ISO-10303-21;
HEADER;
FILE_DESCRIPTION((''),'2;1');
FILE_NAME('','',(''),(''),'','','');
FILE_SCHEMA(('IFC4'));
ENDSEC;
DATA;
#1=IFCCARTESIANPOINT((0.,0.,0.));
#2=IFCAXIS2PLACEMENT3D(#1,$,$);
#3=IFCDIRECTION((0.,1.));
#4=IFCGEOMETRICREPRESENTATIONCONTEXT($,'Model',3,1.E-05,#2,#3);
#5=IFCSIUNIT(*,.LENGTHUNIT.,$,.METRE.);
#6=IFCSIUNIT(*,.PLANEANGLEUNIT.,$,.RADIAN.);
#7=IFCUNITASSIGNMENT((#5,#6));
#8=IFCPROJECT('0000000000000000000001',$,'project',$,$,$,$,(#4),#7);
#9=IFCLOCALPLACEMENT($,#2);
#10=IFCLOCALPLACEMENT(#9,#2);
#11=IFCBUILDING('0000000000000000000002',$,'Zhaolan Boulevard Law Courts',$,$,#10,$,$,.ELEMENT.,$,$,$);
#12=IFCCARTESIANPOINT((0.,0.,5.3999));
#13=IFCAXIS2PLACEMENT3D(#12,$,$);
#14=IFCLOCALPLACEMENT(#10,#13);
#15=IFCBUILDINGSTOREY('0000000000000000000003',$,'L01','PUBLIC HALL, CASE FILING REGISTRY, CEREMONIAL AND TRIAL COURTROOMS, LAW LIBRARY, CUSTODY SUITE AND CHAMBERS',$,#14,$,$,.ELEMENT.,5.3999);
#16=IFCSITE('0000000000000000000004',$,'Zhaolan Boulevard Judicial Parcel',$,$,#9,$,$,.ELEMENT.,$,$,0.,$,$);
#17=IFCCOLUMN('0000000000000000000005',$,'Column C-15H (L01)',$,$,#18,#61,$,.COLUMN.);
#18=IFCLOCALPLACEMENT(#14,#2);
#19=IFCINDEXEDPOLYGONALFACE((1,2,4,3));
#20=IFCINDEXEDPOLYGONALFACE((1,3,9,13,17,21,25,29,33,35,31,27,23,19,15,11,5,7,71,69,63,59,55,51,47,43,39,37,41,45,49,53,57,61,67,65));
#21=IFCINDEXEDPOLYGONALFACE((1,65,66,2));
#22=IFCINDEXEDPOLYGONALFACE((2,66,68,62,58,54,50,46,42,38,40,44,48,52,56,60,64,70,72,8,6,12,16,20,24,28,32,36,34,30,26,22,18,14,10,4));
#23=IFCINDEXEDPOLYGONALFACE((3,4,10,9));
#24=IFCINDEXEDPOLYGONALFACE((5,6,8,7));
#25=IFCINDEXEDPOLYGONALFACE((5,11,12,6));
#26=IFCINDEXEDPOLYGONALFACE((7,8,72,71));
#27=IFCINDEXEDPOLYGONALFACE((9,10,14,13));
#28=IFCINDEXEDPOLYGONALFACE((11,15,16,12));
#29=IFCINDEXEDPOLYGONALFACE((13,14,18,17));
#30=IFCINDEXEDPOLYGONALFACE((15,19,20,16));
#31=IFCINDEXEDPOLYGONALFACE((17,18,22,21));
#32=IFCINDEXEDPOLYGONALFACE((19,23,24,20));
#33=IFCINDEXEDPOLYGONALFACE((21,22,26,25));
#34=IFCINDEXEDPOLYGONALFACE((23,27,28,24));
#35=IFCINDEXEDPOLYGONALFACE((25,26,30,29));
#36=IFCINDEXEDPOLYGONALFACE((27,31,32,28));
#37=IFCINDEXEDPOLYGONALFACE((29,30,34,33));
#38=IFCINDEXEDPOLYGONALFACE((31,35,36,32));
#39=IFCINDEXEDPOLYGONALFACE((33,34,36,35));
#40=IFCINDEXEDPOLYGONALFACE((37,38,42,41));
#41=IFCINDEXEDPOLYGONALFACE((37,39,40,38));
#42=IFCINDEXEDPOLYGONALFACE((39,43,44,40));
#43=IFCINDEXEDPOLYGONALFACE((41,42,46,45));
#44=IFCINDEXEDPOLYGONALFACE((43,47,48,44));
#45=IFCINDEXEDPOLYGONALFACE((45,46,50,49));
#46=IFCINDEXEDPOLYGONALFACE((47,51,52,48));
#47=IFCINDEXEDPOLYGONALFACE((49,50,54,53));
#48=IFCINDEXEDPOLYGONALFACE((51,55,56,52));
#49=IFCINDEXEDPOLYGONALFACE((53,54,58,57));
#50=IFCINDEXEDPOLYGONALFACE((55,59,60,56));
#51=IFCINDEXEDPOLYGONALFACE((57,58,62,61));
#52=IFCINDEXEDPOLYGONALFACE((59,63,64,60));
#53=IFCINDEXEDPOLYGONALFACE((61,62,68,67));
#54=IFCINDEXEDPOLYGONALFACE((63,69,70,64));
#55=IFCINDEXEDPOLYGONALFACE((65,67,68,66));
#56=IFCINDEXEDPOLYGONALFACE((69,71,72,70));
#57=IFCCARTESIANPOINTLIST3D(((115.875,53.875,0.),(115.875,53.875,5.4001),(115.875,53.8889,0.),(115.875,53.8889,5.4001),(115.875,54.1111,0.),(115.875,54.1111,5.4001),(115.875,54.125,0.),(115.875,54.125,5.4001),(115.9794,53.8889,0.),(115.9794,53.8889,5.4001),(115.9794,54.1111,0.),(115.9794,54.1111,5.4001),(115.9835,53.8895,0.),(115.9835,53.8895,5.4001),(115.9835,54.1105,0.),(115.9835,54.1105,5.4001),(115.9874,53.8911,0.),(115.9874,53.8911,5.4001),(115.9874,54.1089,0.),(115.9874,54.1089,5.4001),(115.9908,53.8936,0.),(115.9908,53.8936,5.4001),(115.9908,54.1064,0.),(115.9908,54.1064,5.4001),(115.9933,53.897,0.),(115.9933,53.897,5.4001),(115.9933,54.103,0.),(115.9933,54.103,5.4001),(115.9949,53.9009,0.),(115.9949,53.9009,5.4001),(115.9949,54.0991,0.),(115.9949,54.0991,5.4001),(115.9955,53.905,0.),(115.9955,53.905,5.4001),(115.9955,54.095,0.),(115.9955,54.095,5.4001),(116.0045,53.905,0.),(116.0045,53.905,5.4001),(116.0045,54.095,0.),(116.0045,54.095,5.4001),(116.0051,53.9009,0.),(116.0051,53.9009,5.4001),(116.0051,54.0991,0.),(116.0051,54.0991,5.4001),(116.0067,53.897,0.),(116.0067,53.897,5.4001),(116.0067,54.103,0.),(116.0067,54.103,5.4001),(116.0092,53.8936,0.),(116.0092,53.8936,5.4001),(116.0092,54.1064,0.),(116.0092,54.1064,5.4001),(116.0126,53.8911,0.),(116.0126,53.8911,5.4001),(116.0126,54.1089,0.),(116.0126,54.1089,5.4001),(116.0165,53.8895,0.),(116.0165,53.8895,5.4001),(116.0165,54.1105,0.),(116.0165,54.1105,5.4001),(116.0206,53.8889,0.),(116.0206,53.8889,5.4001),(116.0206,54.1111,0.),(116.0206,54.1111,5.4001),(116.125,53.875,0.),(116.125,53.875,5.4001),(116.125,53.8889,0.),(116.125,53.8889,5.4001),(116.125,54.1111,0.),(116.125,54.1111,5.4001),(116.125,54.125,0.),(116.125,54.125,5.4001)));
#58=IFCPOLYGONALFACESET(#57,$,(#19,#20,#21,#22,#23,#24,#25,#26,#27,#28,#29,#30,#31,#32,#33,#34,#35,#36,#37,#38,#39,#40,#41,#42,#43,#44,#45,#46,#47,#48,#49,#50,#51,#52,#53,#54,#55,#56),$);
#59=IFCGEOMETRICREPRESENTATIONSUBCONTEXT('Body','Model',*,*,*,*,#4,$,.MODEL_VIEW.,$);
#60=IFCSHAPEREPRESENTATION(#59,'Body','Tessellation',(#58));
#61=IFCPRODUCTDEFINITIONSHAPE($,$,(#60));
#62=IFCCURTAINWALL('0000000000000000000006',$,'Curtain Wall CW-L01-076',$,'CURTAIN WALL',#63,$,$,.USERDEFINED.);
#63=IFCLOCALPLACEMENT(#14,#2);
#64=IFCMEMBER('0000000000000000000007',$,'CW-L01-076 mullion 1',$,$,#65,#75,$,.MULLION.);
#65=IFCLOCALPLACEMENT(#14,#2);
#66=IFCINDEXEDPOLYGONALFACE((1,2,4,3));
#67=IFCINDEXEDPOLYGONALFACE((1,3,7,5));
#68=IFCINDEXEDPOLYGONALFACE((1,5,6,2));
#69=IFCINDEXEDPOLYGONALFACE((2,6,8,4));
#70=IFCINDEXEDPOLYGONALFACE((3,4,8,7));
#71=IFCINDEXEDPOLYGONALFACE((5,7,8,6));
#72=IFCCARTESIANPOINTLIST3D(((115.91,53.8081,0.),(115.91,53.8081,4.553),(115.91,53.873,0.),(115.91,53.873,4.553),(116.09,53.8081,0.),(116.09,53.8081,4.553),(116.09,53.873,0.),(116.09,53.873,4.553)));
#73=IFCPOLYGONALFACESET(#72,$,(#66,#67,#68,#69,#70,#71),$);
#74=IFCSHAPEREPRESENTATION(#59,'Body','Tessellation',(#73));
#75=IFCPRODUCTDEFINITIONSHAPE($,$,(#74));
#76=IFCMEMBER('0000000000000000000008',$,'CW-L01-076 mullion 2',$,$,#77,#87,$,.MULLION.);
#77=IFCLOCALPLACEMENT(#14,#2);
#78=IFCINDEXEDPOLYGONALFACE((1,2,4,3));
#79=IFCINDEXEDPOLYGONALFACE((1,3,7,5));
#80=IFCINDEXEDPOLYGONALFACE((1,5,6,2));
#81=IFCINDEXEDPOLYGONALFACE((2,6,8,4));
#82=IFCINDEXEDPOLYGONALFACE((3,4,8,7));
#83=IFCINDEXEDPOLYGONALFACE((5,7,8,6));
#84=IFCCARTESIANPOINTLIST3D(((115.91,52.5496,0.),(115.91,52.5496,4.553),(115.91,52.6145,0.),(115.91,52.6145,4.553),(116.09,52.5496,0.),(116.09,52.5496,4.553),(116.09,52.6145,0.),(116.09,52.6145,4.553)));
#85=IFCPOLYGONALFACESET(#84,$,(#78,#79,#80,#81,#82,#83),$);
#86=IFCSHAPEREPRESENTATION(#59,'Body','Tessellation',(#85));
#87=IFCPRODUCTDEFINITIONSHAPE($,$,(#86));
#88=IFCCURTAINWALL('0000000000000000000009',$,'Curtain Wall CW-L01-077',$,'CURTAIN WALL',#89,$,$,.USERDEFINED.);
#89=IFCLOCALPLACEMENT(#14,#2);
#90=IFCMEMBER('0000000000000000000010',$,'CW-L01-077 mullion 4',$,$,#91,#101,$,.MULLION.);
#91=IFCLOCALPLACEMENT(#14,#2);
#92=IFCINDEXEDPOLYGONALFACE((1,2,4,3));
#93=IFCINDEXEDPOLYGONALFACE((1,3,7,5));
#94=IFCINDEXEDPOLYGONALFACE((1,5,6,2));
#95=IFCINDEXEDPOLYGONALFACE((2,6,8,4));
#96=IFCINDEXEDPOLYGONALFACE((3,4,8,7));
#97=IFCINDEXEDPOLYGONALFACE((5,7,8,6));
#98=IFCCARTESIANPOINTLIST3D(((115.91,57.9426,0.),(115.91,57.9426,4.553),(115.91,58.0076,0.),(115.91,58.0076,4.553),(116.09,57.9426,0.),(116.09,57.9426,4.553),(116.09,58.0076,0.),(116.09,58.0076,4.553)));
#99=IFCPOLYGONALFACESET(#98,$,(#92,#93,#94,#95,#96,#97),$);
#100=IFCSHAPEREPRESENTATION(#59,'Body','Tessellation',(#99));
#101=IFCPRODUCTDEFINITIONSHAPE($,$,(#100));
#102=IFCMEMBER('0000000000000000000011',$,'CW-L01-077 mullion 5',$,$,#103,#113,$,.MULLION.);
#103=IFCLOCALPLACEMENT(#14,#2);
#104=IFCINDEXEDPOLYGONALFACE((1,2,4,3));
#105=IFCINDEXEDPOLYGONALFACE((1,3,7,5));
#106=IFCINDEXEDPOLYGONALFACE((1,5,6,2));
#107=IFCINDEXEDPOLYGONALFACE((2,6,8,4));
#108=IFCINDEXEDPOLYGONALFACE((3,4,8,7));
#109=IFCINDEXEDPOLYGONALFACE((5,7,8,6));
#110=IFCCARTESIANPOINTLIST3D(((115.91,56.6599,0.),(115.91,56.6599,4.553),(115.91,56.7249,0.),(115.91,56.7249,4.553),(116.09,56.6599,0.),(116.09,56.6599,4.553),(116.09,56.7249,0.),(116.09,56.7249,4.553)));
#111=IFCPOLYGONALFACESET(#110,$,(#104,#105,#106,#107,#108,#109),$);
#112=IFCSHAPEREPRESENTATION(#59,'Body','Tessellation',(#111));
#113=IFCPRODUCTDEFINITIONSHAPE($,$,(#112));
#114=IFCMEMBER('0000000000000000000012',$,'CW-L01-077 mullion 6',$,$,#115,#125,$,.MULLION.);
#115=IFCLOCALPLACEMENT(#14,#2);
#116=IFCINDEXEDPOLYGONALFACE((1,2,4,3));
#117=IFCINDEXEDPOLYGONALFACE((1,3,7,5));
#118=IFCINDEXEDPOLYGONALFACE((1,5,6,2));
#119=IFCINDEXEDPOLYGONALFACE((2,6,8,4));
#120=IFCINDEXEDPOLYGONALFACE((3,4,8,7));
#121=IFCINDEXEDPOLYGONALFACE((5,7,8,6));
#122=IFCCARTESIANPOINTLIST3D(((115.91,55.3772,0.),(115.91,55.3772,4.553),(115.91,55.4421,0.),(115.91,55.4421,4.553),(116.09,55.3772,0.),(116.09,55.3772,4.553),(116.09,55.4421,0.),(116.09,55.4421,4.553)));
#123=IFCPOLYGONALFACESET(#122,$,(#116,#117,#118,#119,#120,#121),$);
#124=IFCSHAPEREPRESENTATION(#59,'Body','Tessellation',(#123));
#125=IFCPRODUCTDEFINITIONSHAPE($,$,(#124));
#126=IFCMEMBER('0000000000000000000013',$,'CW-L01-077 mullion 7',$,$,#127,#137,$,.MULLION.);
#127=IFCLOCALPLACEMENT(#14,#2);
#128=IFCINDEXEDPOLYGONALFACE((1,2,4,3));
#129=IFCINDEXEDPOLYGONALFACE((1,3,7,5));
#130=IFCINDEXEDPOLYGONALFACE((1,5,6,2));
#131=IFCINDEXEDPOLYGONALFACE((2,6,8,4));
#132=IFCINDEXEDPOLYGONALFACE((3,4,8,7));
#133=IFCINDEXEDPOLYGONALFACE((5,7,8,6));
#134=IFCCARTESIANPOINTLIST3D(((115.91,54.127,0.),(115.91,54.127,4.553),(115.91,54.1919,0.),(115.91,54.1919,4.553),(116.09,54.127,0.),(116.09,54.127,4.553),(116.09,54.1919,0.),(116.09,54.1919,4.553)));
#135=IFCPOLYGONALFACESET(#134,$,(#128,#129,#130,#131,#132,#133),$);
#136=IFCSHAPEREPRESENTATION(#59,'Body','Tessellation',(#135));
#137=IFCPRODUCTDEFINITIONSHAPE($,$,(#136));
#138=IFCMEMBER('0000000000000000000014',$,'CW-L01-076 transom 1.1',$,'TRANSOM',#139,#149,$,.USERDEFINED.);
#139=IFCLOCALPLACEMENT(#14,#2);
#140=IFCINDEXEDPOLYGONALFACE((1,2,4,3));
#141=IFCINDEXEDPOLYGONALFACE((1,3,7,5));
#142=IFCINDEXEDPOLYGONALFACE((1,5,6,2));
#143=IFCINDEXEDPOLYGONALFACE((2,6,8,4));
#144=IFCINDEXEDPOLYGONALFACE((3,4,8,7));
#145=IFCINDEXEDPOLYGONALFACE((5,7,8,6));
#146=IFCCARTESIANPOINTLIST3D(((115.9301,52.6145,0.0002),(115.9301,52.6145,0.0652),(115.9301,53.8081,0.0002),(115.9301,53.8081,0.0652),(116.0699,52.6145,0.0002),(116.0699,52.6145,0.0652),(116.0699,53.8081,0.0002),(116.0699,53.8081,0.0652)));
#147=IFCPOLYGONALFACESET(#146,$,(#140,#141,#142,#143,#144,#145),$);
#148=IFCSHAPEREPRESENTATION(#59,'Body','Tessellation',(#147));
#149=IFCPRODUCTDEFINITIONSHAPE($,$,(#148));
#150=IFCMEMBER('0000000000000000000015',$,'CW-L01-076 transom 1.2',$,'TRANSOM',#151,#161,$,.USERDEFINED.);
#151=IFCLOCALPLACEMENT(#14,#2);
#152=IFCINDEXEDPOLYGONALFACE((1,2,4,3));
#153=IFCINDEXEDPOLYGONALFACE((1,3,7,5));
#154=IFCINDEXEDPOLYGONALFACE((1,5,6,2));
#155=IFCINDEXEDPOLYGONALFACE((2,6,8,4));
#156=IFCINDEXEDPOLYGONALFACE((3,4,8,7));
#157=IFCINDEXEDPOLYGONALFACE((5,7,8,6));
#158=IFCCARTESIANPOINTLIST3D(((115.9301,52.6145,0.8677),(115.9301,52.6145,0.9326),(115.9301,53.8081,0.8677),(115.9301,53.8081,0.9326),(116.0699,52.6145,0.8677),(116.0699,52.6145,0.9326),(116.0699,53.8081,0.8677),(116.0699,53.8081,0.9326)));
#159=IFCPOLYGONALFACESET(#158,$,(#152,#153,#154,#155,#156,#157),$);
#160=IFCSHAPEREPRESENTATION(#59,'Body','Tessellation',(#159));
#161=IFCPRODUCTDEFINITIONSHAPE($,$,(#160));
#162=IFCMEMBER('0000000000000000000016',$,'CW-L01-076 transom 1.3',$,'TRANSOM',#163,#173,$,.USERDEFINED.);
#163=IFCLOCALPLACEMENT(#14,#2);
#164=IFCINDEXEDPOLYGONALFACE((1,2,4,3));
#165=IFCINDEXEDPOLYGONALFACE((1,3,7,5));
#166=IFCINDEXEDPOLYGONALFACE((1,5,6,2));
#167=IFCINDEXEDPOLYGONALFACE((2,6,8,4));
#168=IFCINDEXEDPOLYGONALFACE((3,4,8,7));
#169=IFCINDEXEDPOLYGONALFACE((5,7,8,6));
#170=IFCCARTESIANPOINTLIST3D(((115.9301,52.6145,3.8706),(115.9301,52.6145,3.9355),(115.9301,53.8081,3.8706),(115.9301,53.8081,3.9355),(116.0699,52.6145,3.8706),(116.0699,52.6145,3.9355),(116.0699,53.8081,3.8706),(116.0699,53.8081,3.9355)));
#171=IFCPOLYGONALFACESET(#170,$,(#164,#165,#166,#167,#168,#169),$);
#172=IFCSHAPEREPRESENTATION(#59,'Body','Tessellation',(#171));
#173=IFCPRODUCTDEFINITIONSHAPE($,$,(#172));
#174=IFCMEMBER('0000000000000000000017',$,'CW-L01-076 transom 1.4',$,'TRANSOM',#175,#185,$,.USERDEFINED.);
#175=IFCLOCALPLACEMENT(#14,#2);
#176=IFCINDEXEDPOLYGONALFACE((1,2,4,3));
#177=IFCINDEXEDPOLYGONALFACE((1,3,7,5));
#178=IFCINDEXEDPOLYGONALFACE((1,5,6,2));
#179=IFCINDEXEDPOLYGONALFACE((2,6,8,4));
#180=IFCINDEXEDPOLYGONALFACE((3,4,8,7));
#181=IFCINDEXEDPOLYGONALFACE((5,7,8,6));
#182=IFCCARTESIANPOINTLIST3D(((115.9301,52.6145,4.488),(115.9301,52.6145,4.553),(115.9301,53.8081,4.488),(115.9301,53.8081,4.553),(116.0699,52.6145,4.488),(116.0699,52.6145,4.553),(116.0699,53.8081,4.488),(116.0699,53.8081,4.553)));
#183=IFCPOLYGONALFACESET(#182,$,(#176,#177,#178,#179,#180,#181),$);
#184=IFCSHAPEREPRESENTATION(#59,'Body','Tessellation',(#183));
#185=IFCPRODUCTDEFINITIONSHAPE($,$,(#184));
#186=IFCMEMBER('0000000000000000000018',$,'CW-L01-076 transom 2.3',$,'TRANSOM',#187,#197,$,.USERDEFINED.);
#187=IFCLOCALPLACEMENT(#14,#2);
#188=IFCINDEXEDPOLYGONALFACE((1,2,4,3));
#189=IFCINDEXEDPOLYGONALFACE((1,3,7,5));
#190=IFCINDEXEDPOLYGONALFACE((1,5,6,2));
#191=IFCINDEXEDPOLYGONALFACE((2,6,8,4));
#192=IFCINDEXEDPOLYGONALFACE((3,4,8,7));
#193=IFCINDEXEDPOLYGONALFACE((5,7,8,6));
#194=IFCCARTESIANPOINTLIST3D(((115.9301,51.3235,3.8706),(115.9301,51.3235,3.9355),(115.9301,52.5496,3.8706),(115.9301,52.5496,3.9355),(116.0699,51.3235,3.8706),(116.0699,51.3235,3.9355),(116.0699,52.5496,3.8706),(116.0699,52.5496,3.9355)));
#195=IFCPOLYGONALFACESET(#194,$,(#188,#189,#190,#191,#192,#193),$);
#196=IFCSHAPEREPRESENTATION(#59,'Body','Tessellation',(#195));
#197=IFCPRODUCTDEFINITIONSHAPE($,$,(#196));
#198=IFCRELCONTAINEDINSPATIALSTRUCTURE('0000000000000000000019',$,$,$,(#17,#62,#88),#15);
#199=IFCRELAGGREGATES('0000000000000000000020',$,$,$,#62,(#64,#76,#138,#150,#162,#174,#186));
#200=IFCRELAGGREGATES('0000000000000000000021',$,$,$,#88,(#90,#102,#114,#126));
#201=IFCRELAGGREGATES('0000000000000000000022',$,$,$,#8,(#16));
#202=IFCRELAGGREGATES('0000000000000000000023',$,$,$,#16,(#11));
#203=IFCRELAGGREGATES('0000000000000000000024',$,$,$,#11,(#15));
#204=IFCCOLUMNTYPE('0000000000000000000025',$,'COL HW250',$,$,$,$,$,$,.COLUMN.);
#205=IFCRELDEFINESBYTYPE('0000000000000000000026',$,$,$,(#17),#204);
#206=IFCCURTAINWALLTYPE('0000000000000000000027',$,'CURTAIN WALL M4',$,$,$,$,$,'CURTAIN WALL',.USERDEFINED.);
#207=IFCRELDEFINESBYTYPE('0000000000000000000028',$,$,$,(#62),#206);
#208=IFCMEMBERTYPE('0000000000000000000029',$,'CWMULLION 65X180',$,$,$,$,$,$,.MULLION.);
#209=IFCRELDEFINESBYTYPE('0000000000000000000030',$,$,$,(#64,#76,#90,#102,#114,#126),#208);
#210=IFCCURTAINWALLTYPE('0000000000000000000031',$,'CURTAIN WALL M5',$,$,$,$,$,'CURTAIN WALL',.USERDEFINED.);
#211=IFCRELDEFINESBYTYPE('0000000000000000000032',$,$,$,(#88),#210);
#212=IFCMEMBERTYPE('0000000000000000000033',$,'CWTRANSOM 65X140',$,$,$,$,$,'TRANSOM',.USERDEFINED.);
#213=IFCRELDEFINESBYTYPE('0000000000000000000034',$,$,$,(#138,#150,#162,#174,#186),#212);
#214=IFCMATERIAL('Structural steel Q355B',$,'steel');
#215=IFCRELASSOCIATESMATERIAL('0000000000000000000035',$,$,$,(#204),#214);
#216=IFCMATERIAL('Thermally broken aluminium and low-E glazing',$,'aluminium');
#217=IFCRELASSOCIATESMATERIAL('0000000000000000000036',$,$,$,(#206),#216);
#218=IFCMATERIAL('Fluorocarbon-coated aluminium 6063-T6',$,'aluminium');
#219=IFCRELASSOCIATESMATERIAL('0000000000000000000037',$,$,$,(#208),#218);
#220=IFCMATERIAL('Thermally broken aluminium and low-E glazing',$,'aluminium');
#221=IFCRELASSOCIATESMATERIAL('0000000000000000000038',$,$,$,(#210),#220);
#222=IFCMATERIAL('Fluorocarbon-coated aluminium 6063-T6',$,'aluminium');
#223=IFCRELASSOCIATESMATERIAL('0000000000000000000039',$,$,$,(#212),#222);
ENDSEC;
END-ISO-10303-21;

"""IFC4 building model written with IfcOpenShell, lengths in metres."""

from ifc_helpers import new_model, si_unit, direction, frame, origin, origin_2d, place, context, subcontext, project, spatial, rectangle, i_section, extrude, material, material_profile, profile_set, type_object, element, aggregate, save


model = new_model("IFC4")

# Units and contexts
model_context = context("Model", 3, precision=1e-05, world=origin(), true_north=direction((0.0, 1.0)))
body_context = subcontext(model_context, "Body", "Model", "MODEL_VIEW")
ifc_project = project(units=[si_unit("LENGTHUNIT", "METRE"), si_unit("PLANEANGLEUNIT", "RADIAN")], contexts=[model_context])

# Site, building, storey
site_placement = place(None, origin())
site = spatial("IfcSite", under=ifc_project, at=site_placement, Name="Zhaolan Boulevard Judicial Parcel", CompositionType="ELEMENT", RefElevation=0.0)
building_placement = place(site_placement, origin())
building = spatial("IfcBuilding", under=site, at=building_placement, Name="Zhaolan Boulevard Law Courts", CompositionType="ELEMENT")
storey_placement = place(building_placement, frame((0.0, 0.0, 5.3999)))
storey = spatial("IfcBuildingStorey", under=building, at=storey_placement, Name="L01", Description="PUBLIC HALL, CASE FILING REGISTRY, CEREMONIAL AND TRIAL COURTROOMS, LAW LIBRARY, CUSTODY SUITE AND CHAMBERS", CompositionType="ELEMENT", Elevation=5.3999)

# Column
ifc_material_1 = material(Name="Structural steel Q355B", Category="steel")
ifc_material_profile_1 = material_profile(ifc_material_1, i_section(OverallWidth=0.25, OverallDepth=0.25, WebThickness=0.009, FlangeThickness=0.0139, FilletRadius=0.0161, at=origin_2d()), Name="HW250x250")
ifc_profile_set_1 = profile_set([ifc_material_profile_1], Name="Structural steel Q355B")
column_type = type_object("IfcColumnType", Name="COL HW250", PredefinedType="COLUMN", material=ifc_profile_set_1)
column_placement = place(storey_placement, frame((116.0, 54.0, 0.0), z_axis=(0.0, 0.0, 1.0), x_axis=(1.0, 0.0, 0.0)))
element("IfcColumn", 1, at=column_placement, inside=storey, type_object=column_type, Name="Column C-15H (L01)", PredefinedType="COLUMN", context=body_context, shape_type="SweptSolid", body=[
    extrude(i_section(OverallWidth=0.25, OverallDepth=0.25, WebThickness=0.009, FlangeThickness=0.0139, FilletRadius=0.0161, at=origin_2d()), origin(), (0.0, 0.0, 1.0), 5.4001),
])

# Curtain walls, members
ifc_material_2 = material(Name="Thermally broken aluminium and low-E glazing", Category="aluminium")
curtain_wall_type_1 = type_object("IfcCurtainWallType", Name="CURTAIN WALL M4", ElementType="CURTAIN WALL", PredefinedType="USERDEFINED", material=ifc_material_2)
curtain_wall_1_placement = place(storey_placement, origin())
curtain_wall_1 = element("IfcCurtainWall", 2, at=curtain_wall_1_placement, inside=storey, type_object=curtain_wall_type_1, Name="Curtain Wall CW-L01-076", ObjectType="CURTAIN WALL", PredefinedType="USERDEFINED")
ifc_material_3 = material(Name="Fluorocarbon-coated aluminium 6063-T6", Category="aluminium")
ifc_material_profile_2 = material_profile(ifc_material_3, rectangle(XDim=0.1799, YDim=0.0649, at=origin_2d()), Name="AL65x180")
ifc_profile_set_2 = profile_set([ifc_material_profile_2], Name="Fluorocarbon-coated aluminium 6063-T6")
member_type_1 = type_object("IfcMemberType", Name="CWMULLION 65X180", PredefinedType="MULLION", material=ifc_profile_set_2)
member_1_placement = place(storey_placement, frame((116.0, 53.8406, 0.0), z_axis=(0.0, 0.0, 1.0), x_axis=(1.0, 0.0, 0.0)))
member_1 = element("IfcMember", 3, at=member_1_placement, type_object=member_type_1, Name="CW-L01-076 mullion 1", PredefinedType="MULLION", context=body_context, shape_type="SweptSolid", body=[
    extrude(rectangle(XDim=0.1799, YDim=0.0649, at=origin_2d()), origin(), (0.0, 0.0, 1.0), 4.553),
])
member_2_placement = place(storey_placement, frame((116.0, 52.582, 0.0), z_axis=(0.0, 0.0, 1.0), x_axis=(1.0, 0.0, 0.0)))
member_2 = element("IfcMember", 4, at=member_2_placement, type_object=member_type_1, Name="CW-L01-076 mullion 2", PredefinedType="MULLION", context=body_context, shape_type="SweptSolid", body=[
    extrude(rectangle(XDim=0.1799, YDim=0.0649, at=origin_2d()), origin(), (0.0, 0.0, 1.0), 4.553),
])
ifc_material_4 = material(Name="Thermally broken aluminium and low-E glazing", Category="aluminium")
curtain_wall_type_2 = type_object("IfcCurtainWallType", Name="CURTAIN WALL M5", ElementType="CURTAIN WALL", PredefinedType="USERDEFINED", material=ifc_material_4)
curtain_wall_2_placement = place(storey_placement, origin())
curtain_wall_2 = element("IfcCurtainWall", 5, at=curtain_wall_2_placement, inside=storey, type_object=curtain_wall_type_2, Name="Curtain Wall CW-L01-077", ObjectType="CURTAIN WALL", PredefinedType="USERDEFINED")
member_3_placement = place(storey_placement, frame((116.0, 57.9751, 0.0), z_axis=(0.0, 0.0, 1.0), x_axis=(1.0, 0.0, 0.0)))
member_3 = element("IfcMember", 6, at=member_3_placement, type_object=member_type_1, Name="CW-L01-077 mullion 4", PredefinedType="MULLION", context=body_context, shape_type="SweptSolid", body=[
    extrude(rectangle(XDim=0.1799, YDim=0.0649, at=origin_2d()), origin(), (0.0, 0.0, 1.0), 4.553),
])
member_4_placement = place(storey_placement, frame((116.0, 56.6924, 0.0), z_axis=(0.0, 0.0, 1.0), x_axis=(1.0, 0.0, 0.0)))
member_4 = element("IfcMember", 7, at=member_4_placement, type_object=member_type_1, Name="CW-L01-077 mullion 5", PredefinedType="MULLION", context=body_context, shape_type="SweptSolid", body=[
    extrude(rectangle(XDim=0.1799, YDim=0.0649, at=origin_2d()), origin(), (0.0, 0.0, 1.0), 4.553),
])
member_5_placement = place(storey_placement, frame((116.0, 55.4097, 0.0), z_axis=(0.0, 0.0, 1.0), x_axis=(1.0, 0.0, 0.0)))
member_5 = element("IfcMember", 8, at=member_5_placement, type_object=member_type_1, Name="CW-L01-077 mullion 6", PredefinedType="MULLION", context=body_context, shape_type="SweptSolid", body=[
    extrude(rectangle(XDim=0.1799, YDim=0.0649, at=origin_2d()), origin(), (0.0, 0.0, 1.0), 4.553),
])
member_6_placement = place(storey_placement, frame((116.0, 54.1594, 0.0), z_axis=(0.0, 0.0, 1.0), x_axis=(1.0, 0.0, 0.0)))
member_6 = element("IfcMember", 9, at=member_6_placement, type_object=member_type_1, Name="CW-L01-077 mullion 7", PredefinedType="MULLION", context=body_context, shape_type="SweptSolid", body=[
    extrude(rectangle(XDim=0.1799, YDim=0.0649, at=origin_2d()), origin(), (0.0, 0.0, 1.0), 4.553),
])

# Members
ifc_material_5 = material(Name="Fluorocarbon-coated aluminium 6063-T6", Category="aluminium")
ifc_material_profile_3 = material_profile(ifc_material_5, rectangle(XDim=0.1399, YDim=0.0649, at=origin_2d()), Name="AL65x140")
ifc_profile_set_3 = profile_set([ifc_material_profile_3], Name="Fluorocarbon-coated aluminium 6063-T6")
member_type_2 = type_object("IfcMemberType", Name="CWTRANSOM 65X140", ElementType="TRANSOM", PredefinedType="USERDEFINED", material=ifc_profile_set_3)
member_7_placement = place(storey_placement, frame((116.0, 53.8081, 0.0327), z_axis=(0.0, -1.0, 0.0), x_axis=(1.0, 0.0, 0.0)))
member_7 = element("IfcMember", 10, at=member_7_placement, type_object=member_type_2, Name="CW-L01-076 transom 1.1", ObjectType="TRANSOM", PredefinedType="USERDEFINED", context=body_context, shape_type="SweptSolid", body=[
    extrude(rectangle(XDim=0.1399, YDim=0.0649, at=origin_2d()), origin(), (0.0, 0.0, 1.0), 1.1936),
])
member_8_placement = place(storey_placement, frame((116.0, 53.8081, 0.9001), z_axis=(0.0, -1.0, 0.0), x_axis=(1.0, 0.0, 0.0)))
member_8 = element("IfcMember", 11, at=member_8_placement, type_object=member_type_2, Name="CW-L01-076 transom 1.2", ObjectType="TRANSOM", PredefinedType="USERDEFINED", context=body_context, shape_type="SweptSolid", body=[
    extrude(rectangle(XDim=0.1399, YDim=0.0649, at=origin_2d()), origin(), (0.0, 0.0, 1.0), 1.1936),
])
member_9_placement = place(storey_placement, frame((116.0, 53.8081, 3.9031), z_axis=(0.0, -1.0, 0.0), x_axis=(1.0, 0.0, 0.0)))
member_9 = element("IfcMember", 12, at=member_9_placement, type_object=member_type_2, Name="CW-L01-076 transom 1.3", ObjectType="TRANSOM", PredefinedType="USERDEFINED", context=body_context, shape_type="SweptSolid", body=[
    extrude(rectangle(XDim=0.1399, YDim=0.0649, at=origin_2d()), origin(), (0.0, 0.0, 1.0), 1.1936),
])
member_10_placement = place(storey_placement, frame((116.0, 53.8081, 4.5205), z_axis=(0.0, -1.0, 0.0), x_axis=(1.0, 0.0, 0.0)))
member_10 = element("IfcMember", 13, at=member_10_placement, type_object=member_type_2, Name="CW-L01-076 transom 1.4", ObjectType="TRANSOM", PredefinedType="USERDEFINED", context=body_context, shape_type="SweptSolid", body=[
    extrude(rectangle(XDim=0.1399, YDim=0.0649, at=origin_2d()), origin(), (0.0, 0.0, 1.0), 1.1936),
])
member_11_placement = place(storey_placement, frame((116.0, 52.5496, 3.9031), z_axis=(0.0, -1.0, 0.0), x_axis=(1.0, 0.0, 0.0)))
member_11 = element("IfcMember", 14, at=member_11_placement, type_object=member_type_2, Name="CW-L01-076 transom 2.3", ObjectType="TRANSOM", PredefinedType="USERDEFINED", context=body_context, shape_type="SweptSolid", body=[
    extrude(rectangle(XDim=0.1399, YDim=0.0649, at=origin_2d()), origin(), (0.0, 0.0, 1.0), 1.2261),
])

aggregate(curtain_wall_1, [member_1, member_2, member_7, member_8, member_9, member_10, member_11])
aggregate(curtain_wall_2, [member_3, member_4, member_5, member_6])

save(model, "model.ifc")
